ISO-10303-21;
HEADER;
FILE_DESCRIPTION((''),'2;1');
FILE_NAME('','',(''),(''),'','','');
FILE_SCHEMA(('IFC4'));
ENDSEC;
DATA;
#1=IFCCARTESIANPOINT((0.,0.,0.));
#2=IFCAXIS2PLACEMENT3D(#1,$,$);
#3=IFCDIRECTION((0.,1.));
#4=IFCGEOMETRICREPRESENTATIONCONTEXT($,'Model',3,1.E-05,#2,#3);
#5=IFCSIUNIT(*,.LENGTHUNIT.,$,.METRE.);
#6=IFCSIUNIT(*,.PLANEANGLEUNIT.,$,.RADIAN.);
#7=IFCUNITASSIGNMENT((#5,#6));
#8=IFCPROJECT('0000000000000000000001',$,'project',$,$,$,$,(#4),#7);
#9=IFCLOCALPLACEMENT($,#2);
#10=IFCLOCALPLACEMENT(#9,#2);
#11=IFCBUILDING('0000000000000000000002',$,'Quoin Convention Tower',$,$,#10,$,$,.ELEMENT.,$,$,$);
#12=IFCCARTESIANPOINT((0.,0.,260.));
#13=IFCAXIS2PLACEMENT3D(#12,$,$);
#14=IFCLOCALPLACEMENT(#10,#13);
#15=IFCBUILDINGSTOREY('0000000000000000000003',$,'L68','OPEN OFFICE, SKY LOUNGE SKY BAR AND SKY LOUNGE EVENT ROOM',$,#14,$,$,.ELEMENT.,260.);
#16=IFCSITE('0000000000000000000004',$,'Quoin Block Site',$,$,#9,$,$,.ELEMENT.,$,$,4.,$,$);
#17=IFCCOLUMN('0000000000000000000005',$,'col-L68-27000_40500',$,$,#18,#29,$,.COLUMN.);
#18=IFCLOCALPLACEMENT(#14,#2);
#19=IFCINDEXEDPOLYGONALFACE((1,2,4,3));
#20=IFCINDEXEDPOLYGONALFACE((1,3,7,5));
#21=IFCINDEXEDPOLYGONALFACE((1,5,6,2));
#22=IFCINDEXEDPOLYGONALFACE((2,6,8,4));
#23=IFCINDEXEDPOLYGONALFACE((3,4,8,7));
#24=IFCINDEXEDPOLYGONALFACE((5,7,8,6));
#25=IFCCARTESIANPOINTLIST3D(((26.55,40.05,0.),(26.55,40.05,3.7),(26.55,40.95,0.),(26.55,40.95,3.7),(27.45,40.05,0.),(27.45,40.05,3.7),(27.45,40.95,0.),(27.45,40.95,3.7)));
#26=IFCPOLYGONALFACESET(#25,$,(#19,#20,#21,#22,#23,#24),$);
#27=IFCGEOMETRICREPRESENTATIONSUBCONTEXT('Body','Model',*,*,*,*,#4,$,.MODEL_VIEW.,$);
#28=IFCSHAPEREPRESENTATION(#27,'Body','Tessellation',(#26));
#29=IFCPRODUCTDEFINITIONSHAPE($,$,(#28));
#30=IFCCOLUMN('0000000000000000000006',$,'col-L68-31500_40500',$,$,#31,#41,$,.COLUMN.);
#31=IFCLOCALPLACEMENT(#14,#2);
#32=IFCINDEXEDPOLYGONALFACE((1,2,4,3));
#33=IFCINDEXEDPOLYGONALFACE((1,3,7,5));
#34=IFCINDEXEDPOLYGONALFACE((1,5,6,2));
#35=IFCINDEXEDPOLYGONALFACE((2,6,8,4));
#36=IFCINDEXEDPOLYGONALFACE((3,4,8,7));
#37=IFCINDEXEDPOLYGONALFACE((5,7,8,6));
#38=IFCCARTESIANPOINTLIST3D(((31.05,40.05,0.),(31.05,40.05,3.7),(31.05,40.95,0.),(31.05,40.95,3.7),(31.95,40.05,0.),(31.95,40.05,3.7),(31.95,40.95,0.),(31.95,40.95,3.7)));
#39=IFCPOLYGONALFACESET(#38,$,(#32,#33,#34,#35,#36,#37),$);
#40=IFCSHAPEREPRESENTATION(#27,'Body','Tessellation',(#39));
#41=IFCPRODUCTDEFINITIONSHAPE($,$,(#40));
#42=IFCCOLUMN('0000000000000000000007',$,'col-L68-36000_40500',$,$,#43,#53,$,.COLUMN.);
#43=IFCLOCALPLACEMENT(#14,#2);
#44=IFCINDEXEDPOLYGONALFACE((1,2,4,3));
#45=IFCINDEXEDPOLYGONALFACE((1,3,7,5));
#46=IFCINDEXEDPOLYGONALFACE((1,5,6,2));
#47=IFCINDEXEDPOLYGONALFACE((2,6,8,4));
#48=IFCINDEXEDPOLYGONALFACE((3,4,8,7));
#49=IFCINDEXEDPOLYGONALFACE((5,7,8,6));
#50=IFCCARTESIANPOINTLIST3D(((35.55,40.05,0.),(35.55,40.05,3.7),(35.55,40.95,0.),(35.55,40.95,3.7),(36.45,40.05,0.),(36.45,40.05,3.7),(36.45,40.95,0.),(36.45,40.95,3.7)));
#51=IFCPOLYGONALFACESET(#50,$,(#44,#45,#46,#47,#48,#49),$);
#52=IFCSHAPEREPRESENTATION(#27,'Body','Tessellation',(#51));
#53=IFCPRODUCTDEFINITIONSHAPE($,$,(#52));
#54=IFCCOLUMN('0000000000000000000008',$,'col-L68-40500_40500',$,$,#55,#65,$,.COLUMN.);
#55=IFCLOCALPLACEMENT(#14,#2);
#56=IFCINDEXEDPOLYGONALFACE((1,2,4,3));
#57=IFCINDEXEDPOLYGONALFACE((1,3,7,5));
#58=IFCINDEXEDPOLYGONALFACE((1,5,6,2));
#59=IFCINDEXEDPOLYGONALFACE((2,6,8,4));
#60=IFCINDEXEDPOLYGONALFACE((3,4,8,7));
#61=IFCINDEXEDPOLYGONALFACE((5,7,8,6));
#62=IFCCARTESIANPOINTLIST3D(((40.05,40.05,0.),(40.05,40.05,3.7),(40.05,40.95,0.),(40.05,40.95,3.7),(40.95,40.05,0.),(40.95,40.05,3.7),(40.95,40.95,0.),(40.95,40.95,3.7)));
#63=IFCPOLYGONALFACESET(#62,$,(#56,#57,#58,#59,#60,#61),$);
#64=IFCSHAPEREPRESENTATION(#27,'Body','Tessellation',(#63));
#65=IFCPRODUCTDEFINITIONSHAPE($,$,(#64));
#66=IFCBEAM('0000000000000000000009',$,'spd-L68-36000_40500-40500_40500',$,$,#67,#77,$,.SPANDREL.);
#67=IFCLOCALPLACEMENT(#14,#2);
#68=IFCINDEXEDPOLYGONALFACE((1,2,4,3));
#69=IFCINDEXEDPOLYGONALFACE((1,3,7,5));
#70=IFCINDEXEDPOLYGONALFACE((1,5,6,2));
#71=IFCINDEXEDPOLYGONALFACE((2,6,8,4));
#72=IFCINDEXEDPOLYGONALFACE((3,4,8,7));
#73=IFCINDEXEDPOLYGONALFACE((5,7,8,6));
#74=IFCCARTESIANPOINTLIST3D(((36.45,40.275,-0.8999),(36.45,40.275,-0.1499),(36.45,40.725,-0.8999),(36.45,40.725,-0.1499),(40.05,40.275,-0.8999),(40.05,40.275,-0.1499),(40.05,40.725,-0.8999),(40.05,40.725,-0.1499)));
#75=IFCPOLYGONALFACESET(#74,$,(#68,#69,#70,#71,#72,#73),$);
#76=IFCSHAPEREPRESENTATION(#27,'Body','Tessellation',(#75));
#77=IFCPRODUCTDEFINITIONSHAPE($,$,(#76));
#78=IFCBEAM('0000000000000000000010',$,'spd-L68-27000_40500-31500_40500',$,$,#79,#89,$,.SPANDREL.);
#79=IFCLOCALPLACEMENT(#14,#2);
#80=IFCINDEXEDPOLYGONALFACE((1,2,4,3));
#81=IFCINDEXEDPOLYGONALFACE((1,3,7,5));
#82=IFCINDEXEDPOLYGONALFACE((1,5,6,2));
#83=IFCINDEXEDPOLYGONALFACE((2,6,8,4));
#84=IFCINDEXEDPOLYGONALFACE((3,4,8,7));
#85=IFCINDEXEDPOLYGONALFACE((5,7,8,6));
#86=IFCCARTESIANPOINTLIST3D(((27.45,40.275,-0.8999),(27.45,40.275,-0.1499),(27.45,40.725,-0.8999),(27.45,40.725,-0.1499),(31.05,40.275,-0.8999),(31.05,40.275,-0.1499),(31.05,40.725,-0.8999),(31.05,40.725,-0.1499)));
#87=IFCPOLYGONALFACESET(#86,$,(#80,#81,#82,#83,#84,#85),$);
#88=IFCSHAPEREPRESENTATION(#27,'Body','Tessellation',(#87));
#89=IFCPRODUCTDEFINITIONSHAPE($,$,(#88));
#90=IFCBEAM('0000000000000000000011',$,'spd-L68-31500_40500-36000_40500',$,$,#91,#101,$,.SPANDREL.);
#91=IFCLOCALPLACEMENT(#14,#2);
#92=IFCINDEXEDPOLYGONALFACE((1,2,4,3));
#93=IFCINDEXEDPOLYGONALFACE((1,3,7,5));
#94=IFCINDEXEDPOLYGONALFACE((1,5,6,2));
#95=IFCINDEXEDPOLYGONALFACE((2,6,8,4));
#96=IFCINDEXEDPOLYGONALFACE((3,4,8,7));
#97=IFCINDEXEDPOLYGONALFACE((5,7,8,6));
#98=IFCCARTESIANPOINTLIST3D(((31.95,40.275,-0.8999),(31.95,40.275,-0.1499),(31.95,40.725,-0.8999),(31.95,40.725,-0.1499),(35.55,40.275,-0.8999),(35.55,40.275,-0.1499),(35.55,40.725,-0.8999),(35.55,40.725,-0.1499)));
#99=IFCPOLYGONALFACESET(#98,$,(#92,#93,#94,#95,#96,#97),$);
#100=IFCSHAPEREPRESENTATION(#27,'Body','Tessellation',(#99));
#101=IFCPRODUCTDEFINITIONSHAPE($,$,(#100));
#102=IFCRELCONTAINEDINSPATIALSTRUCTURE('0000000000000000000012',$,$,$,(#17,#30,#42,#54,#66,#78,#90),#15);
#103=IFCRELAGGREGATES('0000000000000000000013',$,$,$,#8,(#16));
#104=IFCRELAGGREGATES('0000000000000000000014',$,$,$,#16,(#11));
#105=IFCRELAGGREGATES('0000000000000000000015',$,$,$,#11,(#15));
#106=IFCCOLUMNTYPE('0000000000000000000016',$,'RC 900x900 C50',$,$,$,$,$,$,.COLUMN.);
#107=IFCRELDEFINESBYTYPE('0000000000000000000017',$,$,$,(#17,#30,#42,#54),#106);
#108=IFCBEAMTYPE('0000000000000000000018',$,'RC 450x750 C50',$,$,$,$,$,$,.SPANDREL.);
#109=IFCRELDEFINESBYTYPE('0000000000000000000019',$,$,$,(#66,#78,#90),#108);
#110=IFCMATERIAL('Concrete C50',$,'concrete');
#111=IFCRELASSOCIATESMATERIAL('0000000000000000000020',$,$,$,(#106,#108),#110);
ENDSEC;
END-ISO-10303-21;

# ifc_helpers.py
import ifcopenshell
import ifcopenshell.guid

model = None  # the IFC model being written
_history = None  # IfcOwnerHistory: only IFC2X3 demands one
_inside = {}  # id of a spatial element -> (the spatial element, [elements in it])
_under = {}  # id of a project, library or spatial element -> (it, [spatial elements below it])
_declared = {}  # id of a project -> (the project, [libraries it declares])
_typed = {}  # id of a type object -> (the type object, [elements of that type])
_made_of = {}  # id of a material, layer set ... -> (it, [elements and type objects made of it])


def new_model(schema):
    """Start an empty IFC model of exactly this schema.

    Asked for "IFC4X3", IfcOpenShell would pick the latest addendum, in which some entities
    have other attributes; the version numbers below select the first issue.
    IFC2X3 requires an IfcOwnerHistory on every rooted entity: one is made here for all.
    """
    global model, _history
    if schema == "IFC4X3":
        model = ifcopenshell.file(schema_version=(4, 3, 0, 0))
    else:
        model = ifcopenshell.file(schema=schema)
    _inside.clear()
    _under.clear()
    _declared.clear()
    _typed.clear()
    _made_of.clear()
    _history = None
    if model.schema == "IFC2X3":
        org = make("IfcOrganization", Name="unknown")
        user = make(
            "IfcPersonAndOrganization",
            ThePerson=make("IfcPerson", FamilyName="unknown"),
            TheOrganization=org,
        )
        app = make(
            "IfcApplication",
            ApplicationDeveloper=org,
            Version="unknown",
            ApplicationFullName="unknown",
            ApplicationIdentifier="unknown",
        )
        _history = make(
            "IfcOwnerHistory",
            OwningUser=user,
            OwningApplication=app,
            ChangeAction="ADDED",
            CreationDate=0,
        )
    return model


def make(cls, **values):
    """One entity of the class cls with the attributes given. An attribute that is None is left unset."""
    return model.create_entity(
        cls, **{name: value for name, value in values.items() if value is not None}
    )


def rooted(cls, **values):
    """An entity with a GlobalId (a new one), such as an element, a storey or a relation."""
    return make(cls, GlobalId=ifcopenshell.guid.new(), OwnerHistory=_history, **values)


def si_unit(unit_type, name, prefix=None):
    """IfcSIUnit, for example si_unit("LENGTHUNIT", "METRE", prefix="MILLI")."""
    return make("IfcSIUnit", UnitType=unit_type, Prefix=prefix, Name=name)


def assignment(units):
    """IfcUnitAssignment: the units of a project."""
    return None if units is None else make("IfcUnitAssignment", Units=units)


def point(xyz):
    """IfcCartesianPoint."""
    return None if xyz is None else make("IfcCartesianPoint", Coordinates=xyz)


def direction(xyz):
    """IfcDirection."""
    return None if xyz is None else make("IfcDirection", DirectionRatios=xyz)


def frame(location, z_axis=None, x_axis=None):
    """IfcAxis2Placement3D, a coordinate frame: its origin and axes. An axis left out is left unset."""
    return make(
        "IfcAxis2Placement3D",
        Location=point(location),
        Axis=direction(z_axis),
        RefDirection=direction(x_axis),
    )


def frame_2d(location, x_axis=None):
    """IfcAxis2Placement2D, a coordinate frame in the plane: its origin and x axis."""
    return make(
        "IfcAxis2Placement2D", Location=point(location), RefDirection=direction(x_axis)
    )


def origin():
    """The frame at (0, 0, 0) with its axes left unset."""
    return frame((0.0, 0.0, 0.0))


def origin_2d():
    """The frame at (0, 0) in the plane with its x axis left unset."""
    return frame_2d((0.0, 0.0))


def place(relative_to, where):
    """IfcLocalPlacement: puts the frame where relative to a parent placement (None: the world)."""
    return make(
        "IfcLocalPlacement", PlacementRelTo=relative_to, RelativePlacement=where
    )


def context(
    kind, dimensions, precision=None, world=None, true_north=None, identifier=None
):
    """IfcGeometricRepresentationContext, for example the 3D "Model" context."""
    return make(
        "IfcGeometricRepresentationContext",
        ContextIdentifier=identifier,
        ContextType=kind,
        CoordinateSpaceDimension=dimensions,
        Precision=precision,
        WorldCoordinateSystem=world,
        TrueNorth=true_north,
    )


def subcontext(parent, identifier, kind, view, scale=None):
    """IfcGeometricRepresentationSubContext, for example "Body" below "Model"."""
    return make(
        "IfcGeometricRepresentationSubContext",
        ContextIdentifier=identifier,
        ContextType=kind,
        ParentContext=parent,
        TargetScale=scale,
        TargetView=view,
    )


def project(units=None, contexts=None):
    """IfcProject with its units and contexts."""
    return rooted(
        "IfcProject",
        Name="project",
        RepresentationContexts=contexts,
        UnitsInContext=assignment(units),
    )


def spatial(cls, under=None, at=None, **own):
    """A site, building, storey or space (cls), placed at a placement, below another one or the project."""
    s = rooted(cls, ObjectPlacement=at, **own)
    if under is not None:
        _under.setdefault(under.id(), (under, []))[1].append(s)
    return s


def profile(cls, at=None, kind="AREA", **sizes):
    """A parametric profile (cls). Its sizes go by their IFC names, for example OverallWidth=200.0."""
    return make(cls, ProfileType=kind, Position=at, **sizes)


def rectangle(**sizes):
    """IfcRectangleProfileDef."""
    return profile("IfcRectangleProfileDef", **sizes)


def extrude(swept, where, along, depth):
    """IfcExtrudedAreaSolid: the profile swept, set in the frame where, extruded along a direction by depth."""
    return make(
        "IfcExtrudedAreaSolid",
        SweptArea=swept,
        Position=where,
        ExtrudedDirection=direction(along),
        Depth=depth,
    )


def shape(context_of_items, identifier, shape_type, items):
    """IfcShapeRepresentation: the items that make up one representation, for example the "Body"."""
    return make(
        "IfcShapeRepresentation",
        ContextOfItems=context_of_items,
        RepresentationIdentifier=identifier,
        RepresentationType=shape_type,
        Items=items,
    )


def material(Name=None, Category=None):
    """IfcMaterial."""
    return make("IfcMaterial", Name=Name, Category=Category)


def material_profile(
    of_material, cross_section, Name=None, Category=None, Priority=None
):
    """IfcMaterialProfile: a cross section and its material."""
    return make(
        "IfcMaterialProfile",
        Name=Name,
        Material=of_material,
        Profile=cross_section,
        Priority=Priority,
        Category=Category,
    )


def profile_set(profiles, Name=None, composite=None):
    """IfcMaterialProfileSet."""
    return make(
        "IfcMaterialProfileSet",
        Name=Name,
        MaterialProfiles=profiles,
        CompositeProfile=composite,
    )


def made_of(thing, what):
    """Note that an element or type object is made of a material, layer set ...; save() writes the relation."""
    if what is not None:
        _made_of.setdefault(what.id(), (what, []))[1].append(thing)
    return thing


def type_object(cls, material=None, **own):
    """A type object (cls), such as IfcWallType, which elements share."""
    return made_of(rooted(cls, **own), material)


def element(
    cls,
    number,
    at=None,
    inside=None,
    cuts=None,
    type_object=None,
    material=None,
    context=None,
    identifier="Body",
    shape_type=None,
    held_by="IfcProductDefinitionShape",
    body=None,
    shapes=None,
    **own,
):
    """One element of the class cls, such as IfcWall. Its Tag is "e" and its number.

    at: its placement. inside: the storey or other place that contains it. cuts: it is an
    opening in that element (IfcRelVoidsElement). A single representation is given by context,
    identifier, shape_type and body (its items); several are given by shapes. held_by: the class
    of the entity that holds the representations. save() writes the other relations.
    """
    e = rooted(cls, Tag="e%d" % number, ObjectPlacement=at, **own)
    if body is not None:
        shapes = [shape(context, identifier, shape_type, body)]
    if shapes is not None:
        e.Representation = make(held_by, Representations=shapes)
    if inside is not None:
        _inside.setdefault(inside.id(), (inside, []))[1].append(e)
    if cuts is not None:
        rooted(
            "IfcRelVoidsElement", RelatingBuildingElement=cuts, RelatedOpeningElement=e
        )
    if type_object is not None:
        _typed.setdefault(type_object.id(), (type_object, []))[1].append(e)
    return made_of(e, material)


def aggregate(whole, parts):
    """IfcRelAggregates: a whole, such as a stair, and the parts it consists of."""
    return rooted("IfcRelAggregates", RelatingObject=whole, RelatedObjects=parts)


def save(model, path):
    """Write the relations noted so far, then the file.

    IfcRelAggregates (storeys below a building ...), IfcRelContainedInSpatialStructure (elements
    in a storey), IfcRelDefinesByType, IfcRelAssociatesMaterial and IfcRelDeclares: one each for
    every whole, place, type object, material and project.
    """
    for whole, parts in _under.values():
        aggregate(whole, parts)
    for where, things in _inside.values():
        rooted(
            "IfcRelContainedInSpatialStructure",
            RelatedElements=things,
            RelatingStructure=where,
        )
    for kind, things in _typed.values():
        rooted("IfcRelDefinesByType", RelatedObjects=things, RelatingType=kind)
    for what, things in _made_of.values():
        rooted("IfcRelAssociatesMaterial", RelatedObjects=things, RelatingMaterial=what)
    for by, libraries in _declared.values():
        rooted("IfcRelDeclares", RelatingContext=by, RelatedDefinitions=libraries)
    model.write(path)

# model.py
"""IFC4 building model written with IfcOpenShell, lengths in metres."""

from ifc_helpers import new_model, si_unit, direction, frame, origin, origin_2d, place, context, subcontext, project, spatial, rectangle, extrude, material, material_profile, profile_set, type_object, element, save


model = new_model("IFC4")

# Units and contexts
model_context = context("Model", 3, precision=1e-05, world=origin(), true_north=direction((0.0, 1.0)))
body_context = subcontext(model_context, "Body", "Model", "MODEL_VIEW")
ifc_project = project(units=[si_unit("LENGTHUNIT", "METRE"), si_unit("PLANEANGLEUNIT", "RADIAN")], contexts=[model_context])

# Site, building, storey
site_placement = place(None, origin())
site = spatial("IfcSite", under=ifc_project, at=site_placement, Name="Quoin Block Site", CompositionType="ELEMENT", RefElevation=4.0)
building_placement = place(site_placement, origin())
building = spatial("IfcBuilding", under=site, at=building_placement, Name="Quoin Convention Tower", CompositionType="ELEMENT")
storey_placement = place(building_placement, frame((0.0, 0.0, 260.0)))
storey = spatial("IfcBuildingStorey", under=building, at=storey_placement, Name="L68", Description="OPEN OFFICE, SKY LOUNGE SKY BAR AND SKY LOUNGE EVENT ROOM", CompositionType="ELEMENT", Elevation=260.0)

# Columns
ifc_material_1 = material(Name="Concrete C50", Category="concrete")
ifc_material_profile_1 = material_profile(ifc_material_1, rectangle(XDim=0.8999, YDim=0.8999, at=origin_2d()), Name="RC 900x900")
ifc_profile_set_1 = profile_set([ifc_material_profile_1], Name="Concrete C50")
column_type = type_object("IfcColumnType", Name="RC 900x900 C50", PredefinedType="COLUMN", material=ifc_profile_set_1)
for number, where, z_axis, x_axis, name in (
    (1, (27.0, 40.5, 0.0), (0.0, 0.0, 1.0), (1.0, 0.0, 0.0), "col-L68-27000_40500"),
    (2, (31.5, 40.5, 0.0), (0.0, 0.0, 1.0), (1.0, 0.0, 0.0), "col-L68-31500_40500"),
    (3, (36.0, 40.5, 0.0), (0.0, 0.0, 1.0), (1.0, 0.0, 0.0), "col-L68-36000_40500"),
    (4, (40.5, 40.5, 0.0), (0.0, 0.0, 1.0), (1.0, 0.0, 0.0), "col-L68-40500_40500"),
):
    element("IfcColumn", number, at=place(storey_placement, frame(where, z_axis=z_axis, x_axis=x_axis)), inside=storey, type_object=column_type, Name=name, PredefinedType="COLUMN", context=body_context, shape_type="SweptSolid", body=[
        extrude(rectangle(XDim=0.8999, YDim=0.8999, at=origin_2d()), origin(), (0.0, 0.0, 1.0), 3.7),
    ])

# Beams
ifc_material_profile_2 = material_profile(ifc_material_1, rectangle(XDim=0.45, YDim=0.75, at=origin_2d()), Name="RC 450x750")
ifc_profile_set_2 = profile_set([ifc_material_profile_2], Name="Concrete C50")
beam_type = type_object("IfcBeamType", Name="RC 450x750 C50", PredefinedType="SPANDREL", material=ifc_profile_set_2)
for number, where, z_axis, x_axis, name in (
    (5, (36.45, 40.5, -0.5249), (1.0, 0.0, 0.0), (0.0, 1.0, 0.0), "spd-L68-36000_40500-40500_40500"),
    (6, (27.45, 40.5, -0.5249), (1.0, 0.0, 0.0), (0.0, 1.0, 0.0), "spd-L68-27000_40500-31500_40500"),
    (7, (31.95, 40.5, -0.5249), (1.0, 0.0, 0.0), (0.0, 1.0, 0.0), "spd-L68-31500_40500-36000_40500"),
):
    element("IfcBeam", number, at=place(storey_placement, frame(where, z_axis=z_axis, x_axis=x_axis)), inside=storey, type_object=beam_type, Name=name, PredefinedType="SPANDREL", context=body_context, shape_type="SweptSolid", body=[
        extrude(rectangle(XDim=0.45, YDim=0.75, at=origin_2d()), origin(), (0.0, 0.0, 1.0), 3.6001),
    ])

save(model, "model.ifc")
